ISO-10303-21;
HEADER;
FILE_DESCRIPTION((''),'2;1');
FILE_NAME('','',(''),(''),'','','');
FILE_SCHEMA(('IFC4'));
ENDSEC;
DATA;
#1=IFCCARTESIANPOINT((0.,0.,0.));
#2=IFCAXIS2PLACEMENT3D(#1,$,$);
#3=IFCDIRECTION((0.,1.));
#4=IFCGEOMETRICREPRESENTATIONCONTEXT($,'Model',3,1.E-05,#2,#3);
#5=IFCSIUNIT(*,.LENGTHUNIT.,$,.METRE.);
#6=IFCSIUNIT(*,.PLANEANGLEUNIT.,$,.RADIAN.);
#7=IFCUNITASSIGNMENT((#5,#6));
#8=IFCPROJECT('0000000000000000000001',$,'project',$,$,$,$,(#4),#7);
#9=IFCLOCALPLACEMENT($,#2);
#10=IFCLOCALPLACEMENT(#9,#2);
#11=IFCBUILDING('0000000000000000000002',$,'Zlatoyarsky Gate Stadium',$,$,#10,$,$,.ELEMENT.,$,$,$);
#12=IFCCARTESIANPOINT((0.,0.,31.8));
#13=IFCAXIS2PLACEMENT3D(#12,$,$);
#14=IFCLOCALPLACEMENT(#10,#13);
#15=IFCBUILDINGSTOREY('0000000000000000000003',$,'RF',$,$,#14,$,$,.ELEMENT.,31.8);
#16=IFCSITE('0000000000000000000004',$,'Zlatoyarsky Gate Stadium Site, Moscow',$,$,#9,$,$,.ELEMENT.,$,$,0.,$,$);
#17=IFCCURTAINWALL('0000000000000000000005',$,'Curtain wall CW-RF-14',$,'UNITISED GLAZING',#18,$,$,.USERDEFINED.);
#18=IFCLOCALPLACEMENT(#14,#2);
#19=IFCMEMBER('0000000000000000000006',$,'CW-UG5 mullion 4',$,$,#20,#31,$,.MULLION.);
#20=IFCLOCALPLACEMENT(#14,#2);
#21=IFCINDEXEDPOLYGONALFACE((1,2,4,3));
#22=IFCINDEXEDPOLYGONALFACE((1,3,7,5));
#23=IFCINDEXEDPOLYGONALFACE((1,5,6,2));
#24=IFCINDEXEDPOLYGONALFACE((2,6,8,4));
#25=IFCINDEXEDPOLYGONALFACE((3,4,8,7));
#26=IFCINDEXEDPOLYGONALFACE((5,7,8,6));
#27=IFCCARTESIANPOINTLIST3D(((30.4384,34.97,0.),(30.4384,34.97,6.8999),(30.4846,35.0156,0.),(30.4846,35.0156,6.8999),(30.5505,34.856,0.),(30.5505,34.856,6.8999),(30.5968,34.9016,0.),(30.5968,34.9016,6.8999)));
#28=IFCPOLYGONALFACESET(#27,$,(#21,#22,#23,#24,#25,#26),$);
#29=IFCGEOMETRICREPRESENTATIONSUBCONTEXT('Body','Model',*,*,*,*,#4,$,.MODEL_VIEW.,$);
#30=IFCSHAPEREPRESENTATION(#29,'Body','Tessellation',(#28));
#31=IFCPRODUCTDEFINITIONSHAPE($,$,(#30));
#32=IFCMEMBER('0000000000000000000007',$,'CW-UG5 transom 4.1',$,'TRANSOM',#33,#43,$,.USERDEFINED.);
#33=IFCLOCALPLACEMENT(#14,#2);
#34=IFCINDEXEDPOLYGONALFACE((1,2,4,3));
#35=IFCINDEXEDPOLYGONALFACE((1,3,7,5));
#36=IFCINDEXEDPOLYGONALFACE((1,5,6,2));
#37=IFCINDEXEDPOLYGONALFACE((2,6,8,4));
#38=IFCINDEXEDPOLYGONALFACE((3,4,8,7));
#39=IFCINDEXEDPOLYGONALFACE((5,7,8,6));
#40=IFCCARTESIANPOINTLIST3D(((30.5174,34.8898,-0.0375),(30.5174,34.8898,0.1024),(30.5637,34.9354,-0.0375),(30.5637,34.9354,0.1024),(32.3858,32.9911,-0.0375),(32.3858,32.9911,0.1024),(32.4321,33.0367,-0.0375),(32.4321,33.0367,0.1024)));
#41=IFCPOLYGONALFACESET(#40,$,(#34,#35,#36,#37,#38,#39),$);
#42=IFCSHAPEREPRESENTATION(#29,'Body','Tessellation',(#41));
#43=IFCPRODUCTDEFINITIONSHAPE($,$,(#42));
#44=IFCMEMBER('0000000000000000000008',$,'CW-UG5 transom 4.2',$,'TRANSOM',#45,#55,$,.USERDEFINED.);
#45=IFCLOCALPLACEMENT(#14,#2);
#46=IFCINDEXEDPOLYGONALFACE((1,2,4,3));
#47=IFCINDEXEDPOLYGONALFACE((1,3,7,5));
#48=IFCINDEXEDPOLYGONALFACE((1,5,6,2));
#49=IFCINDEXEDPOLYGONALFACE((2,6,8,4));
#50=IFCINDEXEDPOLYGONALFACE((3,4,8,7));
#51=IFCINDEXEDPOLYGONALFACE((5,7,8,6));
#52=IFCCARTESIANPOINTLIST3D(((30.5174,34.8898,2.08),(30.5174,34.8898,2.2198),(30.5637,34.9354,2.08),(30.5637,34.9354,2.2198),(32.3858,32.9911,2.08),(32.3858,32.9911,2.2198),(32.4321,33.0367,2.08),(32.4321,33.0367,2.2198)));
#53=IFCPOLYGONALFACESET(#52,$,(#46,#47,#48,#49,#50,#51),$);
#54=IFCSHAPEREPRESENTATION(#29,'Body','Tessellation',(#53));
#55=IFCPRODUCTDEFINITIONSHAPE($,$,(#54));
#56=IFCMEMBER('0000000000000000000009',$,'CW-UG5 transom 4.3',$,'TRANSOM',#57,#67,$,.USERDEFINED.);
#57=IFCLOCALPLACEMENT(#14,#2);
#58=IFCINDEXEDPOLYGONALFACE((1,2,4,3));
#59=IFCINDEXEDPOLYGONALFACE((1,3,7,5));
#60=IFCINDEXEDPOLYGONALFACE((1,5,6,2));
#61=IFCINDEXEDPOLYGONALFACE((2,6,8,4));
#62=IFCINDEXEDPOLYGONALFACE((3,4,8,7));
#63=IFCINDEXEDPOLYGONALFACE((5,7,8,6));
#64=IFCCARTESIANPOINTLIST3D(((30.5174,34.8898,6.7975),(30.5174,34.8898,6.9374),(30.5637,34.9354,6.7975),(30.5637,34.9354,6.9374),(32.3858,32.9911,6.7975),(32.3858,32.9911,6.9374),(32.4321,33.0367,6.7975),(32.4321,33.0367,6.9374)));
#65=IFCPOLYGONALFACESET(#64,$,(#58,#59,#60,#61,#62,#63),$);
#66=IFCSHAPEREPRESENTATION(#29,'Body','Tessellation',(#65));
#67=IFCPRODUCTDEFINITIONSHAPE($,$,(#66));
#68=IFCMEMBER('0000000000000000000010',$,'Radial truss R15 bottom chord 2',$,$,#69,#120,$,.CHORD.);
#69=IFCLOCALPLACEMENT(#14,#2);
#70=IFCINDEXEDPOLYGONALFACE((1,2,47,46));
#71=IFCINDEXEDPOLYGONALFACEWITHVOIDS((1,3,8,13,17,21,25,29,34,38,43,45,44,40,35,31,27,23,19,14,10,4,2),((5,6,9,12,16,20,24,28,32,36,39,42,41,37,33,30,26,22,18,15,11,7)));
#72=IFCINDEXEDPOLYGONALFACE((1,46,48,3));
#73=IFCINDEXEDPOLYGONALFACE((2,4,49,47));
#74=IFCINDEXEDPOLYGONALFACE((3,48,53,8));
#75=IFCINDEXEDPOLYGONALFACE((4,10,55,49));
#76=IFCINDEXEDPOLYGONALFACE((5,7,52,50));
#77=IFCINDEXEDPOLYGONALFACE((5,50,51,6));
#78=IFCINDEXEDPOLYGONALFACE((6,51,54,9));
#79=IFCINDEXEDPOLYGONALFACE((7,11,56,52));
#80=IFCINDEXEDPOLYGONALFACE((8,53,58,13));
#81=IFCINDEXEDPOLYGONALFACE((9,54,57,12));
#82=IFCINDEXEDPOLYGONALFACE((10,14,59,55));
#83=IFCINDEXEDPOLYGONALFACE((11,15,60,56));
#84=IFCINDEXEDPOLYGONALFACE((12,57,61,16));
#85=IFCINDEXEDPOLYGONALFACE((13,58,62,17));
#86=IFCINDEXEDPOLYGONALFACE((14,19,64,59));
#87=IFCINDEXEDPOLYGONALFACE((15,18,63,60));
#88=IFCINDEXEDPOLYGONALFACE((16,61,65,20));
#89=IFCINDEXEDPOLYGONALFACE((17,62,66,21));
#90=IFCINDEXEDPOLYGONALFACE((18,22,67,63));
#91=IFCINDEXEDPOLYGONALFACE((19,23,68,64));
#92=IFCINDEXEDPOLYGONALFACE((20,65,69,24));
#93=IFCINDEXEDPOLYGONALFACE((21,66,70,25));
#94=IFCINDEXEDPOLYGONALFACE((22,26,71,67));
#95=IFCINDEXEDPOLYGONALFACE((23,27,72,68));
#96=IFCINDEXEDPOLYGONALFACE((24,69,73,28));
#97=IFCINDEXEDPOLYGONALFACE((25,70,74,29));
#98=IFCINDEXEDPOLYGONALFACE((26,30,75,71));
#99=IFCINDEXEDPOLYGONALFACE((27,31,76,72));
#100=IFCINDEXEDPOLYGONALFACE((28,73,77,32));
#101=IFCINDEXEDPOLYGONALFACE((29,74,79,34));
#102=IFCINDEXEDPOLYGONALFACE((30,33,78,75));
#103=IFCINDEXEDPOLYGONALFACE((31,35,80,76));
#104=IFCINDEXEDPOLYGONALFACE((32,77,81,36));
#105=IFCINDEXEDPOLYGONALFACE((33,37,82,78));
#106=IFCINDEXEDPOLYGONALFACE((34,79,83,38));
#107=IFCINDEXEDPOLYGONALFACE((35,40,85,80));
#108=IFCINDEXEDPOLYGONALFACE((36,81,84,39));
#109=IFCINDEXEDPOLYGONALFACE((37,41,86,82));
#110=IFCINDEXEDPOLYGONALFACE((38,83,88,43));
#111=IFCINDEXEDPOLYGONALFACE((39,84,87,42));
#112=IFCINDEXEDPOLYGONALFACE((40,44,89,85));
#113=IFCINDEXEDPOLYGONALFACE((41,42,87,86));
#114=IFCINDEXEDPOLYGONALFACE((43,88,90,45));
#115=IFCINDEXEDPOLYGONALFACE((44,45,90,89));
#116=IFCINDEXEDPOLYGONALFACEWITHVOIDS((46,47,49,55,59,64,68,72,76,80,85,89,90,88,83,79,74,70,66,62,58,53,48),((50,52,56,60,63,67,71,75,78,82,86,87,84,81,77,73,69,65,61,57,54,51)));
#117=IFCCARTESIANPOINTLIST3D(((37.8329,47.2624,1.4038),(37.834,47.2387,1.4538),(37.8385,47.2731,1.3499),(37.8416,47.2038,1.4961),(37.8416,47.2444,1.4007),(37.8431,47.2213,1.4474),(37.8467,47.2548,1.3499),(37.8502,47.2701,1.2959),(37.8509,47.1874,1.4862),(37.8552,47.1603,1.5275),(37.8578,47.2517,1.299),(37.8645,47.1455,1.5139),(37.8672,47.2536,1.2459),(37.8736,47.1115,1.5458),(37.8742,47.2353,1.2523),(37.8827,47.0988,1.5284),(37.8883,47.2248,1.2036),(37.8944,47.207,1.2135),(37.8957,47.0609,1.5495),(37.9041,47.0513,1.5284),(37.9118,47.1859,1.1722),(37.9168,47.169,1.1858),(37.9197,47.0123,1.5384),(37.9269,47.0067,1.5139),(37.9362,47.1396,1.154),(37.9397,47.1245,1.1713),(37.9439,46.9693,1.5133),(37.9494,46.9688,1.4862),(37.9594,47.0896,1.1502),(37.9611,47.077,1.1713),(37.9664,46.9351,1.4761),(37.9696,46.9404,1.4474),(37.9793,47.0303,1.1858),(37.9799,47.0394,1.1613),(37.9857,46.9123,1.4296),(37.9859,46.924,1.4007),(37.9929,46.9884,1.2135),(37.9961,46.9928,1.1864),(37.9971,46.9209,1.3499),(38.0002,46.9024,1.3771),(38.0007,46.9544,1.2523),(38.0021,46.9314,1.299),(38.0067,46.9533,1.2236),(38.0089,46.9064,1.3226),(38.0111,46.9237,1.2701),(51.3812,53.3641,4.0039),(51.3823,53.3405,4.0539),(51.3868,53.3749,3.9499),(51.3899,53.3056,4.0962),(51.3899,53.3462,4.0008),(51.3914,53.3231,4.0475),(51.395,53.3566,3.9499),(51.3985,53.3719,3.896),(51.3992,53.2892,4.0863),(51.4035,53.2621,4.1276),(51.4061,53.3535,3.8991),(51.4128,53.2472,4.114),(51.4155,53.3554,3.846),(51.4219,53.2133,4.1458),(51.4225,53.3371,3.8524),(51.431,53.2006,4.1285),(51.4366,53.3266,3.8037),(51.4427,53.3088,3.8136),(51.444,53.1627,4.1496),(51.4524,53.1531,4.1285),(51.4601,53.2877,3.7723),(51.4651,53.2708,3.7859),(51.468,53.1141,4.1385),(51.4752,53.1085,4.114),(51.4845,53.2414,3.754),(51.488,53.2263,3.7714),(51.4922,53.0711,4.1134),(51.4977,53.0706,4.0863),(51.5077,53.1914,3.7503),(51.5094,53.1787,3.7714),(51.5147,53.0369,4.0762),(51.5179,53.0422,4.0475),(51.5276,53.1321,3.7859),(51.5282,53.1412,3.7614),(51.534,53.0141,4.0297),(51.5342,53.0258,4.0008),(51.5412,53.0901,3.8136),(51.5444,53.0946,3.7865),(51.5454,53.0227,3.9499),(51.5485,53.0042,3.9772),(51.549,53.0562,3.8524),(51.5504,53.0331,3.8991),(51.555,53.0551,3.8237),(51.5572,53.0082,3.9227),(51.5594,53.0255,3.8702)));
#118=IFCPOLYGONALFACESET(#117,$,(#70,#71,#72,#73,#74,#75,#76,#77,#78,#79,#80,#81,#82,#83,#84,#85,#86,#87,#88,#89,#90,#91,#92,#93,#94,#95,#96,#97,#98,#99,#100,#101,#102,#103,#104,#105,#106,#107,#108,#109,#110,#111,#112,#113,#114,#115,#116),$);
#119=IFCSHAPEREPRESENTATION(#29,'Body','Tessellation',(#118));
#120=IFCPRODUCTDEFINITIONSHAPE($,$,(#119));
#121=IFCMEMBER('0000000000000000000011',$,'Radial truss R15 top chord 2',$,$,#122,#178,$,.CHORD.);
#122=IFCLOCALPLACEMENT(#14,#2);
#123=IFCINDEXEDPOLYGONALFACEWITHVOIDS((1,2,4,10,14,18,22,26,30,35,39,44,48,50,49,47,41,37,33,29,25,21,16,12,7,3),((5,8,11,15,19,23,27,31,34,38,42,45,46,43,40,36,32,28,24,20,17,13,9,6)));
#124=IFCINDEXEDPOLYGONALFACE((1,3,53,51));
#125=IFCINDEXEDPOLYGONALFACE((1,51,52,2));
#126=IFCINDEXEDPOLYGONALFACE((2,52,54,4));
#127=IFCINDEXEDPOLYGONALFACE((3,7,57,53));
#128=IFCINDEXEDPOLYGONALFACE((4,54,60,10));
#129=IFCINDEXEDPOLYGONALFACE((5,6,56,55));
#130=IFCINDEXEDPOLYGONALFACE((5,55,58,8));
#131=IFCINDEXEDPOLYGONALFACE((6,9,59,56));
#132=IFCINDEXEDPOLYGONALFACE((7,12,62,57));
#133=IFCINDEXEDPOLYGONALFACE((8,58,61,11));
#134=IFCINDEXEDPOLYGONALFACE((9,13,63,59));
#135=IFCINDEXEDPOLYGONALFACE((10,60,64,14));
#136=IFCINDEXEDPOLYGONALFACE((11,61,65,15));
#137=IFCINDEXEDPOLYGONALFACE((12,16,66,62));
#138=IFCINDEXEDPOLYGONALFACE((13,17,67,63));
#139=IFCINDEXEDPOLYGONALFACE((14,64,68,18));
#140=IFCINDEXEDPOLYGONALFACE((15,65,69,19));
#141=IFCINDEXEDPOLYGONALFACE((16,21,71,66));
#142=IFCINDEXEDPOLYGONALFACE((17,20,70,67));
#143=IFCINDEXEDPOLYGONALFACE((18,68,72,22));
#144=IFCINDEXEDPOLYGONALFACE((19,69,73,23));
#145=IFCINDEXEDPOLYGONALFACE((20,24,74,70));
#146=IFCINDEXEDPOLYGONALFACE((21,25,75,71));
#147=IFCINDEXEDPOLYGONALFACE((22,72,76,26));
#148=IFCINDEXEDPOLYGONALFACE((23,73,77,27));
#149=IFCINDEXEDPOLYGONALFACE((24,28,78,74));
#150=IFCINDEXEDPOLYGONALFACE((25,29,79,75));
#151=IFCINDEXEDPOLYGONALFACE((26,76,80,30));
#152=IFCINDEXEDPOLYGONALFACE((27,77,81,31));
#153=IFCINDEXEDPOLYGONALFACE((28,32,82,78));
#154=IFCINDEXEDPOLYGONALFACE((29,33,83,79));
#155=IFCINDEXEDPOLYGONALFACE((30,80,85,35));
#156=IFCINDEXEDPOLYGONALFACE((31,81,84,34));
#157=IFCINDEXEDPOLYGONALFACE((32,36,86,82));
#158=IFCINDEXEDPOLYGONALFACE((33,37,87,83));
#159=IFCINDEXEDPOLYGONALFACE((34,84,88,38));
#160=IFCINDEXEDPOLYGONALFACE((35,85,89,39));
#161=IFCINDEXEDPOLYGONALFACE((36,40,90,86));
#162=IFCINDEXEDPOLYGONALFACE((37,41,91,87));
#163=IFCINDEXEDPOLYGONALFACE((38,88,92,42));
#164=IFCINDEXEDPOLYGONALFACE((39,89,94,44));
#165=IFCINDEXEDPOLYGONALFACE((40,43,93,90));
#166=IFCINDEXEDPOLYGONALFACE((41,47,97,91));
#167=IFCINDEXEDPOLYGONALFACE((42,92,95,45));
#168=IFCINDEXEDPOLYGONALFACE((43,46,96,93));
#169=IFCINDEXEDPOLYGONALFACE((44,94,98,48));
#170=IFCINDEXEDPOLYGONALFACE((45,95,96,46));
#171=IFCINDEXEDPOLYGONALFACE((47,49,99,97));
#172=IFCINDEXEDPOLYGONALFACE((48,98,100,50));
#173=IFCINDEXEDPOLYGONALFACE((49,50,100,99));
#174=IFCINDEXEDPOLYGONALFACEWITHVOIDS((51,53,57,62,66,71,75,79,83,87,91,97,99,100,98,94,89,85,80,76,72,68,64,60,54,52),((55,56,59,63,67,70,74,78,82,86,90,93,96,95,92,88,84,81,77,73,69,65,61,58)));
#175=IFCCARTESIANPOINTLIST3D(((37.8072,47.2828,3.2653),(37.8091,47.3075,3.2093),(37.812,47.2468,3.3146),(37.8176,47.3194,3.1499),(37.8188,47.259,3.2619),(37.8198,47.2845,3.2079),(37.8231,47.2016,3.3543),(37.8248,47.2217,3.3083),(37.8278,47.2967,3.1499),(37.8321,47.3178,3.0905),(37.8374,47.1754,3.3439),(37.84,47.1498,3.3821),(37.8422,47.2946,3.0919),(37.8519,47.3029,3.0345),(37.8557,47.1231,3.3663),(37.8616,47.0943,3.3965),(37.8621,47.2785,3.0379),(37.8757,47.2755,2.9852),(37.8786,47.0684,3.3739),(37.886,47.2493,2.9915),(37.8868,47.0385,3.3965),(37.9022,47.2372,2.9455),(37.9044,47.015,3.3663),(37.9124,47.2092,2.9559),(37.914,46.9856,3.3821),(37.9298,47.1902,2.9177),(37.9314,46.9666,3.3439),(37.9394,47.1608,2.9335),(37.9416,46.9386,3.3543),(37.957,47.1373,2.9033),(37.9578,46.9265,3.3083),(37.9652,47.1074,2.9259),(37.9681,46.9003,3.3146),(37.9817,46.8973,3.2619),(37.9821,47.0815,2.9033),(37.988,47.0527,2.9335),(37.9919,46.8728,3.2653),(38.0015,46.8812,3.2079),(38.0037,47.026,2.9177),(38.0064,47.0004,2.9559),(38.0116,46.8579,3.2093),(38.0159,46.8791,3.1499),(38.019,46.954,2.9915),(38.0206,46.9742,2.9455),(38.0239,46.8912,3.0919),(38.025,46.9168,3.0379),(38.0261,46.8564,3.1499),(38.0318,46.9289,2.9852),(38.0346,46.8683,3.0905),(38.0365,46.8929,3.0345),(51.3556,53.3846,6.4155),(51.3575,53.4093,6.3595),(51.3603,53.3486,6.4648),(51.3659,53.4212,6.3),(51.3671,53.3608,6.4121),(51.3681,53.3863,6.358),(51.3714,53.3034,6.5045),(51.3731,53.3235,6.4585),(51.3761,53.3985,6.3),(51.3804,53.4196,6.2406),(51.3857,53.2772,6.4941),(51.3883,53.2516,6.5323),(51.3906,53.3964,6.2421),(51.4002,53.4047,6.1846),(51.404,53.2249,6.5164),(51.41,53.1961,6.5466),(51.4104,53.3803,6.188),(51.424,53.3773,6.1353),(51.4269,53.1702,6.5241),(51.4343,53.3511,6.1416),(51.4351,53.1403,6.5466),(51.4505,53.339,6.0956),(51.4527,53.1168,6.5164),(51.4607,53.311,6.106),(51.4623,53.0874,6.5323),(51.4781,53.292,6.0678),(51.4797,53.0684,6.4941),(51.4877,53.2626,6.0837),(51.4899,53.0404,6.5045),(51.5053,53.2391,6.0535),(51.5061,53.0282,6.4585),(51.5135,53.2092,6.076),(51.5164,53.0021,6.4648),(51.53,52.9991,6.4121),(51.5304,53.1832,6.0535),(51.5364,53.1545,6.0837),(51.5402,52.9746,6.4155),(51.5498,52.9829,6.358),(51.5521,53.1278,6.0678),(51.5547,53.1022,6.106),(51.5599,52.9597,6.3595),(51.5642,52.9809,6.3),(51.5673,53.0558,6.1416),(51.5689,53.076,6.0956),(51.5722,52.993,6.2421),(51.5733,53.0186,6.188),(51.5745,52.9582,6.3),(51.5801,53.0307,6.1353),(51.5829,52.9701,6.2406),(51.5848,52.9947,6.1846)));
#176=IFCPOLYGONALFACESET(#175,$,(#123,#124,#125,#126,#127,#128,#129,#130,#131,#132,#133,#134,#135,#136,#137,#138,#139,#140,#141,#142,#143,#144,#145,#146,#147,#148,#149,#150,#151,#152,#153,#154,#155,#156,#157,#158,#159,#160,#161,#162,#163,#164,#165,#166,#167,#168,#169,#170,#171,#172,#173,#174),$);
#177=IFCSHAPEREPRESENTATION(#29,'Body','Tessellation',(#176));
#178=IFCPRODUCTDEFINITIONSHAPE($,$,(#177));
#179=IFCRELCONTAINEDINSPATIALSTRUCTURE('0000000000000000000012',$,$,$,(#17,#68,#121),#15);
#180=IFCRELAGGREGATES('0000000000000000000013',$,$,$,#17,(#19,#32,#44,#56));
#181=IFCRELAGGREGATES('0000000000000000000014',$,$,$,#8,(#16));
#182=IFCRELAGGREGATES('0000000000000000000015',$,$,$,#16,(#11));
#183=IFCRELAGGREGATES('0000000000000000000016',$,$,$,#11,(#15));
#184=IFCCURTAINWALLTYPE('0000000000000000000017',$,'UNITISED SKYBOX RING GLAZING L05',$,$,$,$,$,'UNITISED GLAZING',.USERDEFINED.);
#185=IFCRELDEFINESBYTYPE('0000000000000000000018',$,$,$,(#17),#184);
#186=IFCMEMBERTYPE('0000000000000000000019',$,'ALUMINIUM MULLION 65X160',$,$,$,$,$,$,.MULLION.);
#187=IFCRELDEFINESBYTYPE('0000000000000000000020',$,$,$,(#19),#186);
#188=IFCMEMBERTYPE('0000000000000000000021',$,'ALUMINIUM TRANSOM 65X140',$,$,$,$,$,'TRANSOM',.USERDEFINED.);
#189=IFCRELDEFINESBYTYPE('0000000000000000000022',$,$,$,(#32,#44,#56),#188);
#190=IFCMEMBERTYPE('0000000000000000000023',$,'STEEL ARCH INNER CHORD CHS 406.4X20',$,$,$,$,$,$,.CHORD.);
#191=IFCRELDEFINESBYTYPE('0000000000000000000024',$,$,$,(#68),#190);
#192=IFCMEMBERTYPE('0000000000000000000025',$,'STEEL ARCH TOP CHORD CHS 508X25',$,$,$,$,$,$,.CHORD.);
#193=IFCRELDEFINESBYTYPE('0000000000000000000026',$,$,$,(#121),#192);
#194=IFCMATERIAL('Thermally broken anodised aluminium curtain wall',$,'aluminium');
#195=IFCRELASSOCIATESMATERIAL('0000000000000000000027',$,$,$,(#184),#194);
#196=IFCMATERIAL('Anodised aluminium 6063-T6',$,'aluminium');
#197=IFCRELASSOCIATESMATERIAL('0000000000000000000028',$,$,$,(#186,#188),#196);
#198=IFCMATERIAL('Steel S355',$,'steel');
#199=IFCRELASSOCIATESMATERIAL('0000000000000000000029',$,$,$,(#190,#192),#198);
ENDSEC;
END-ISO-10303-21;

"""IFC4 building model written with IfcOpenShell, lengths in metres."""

from ifc_helpers import new_model, si_unit, direction, frame, origin, origin_2d, place, context, subcontext, project, spatial, rectangle, hollow_circle, extrude, material, material_profile, profile_set, type_object, element, aggregate, save


model = new_model("IFC4")

# Units and contexts
model_context = context("Model", 3, precision=1e-05, world=origin(), true_north=direction((0.0, 1.0)))
body_context = subcontext(model_context, "Body", "Model", "MODEL_VIEW")
ifc_project = project(units=[si_unit("LENGTHUNIT", "METRE"), si_unit("PLANEANGLEUNIT", "RADIAN")], contexts=[model_context])

# Site, building, storey
site_placement = place(None, origin())
site = spatial("IfcSite", under=ifc_project, at=site_placement, Name="Zlatoyarsky Gate Stadium Site, Moscow", CompositionType="ELEMENT", RefElevation=0.0)
building_placement = place(site_placement, origin())
building = spatial("IfcBuilding", under=site, at=building_placement, Name="Zlatoyarsky Gate Stadium", CompositionType="ELEMENT")
storey_placement = place(building_placement, frame((0.0, 0.0, 31.8)))
storey = spatial("IfcBuildingStorey", under=building, at=storey_placement, Name="RF", CompositionType="ELEMENT", Elevation=31.8)

# Curtain wall, members
ifc_material_1 = material(Name="Thermally broken anodised aluminium curtain wall", Category="aluminium")
curtain_wall_type = type_object("IfcCurtainWallType", Name="UNITISED SKYBOX RING GLAZING L05", ElementType="UNITISED GLAZING", PredefinedType="USERDEFINED", material=ifc_material_1)
curtain_wall_placement = place(storey_placement, origin())
curtain_wall = element("IfcCurtainWall", 1, at=curtain_wall_placement, inside=storey, type_object=curtain_wall_type, Name="Curtain wall CW-RF-14", ObjectType="UNITISED GLAZING", PredefinedType="USERDEFINED")
ifc_material_2 = material(Name="Anodised aluminium 6063-T6", Category="aluminium")
ifc_material_profile_1 = material_profile(ifc_material_2, rectangle(XDim=0.0649, YDim=0.1599, at=origin_2d()), Name="ALU 65X160")
ifc_profile_set_1 = profile_set([ifc_material_profile_1], Name="Anodised aluminium 6063-T6")
member_type_1 = type_object("IfcMemberType", Name="ALUMINIUM MULLION 65X160", PredefinedType="MULLION", material=ifc_profile_set_1)
member_1_placement = place(storey_placement, frame((30.5176, 34.9358, 0.0), z_axis=(0.0, 0.0, 1.0), x_axis=(0.712766, 0.701402, 0.0)))
member_1 = element("IfcMember", 2, at=member_1_placement, type_object=member_type_1, Name="CW-UG5 mullion 4", PredefinedType="MULLION", context=body_context, shape_type="SweptSolid", body=[
    extrude(rectangle(XDim=0.0649, YDim=0.1599, at=origin_2d()), origin(), (0.0, 0.0, 1.0), 6.8999),
])
ifc_material_profile_2 = material_profile(ifc_material_2, rectangle(XDim=0.0649, YDim=0.1399, at=origin_2d()), Name="ALU 65X140")
ifc_profile_set_2 = profile_set([ifc_material_profile_2], Name="Anodised aluminium 6063-T6")
member_type_2 = type_object("IfcMemberType", Name="ALUMINIUM TRANSOM 65X140", ElementType="TRANSOM", PredefinedType="USERDEFINED", material=ifc_profile_set_2)
member_2_placement = place(storey_placement, frame((30.5405, 34.9126, 0.0325), z_axis=(0.701402, -0.712766, 0.0), x_axis=(0.712766, 0.701402, 0.0)))
member_2 = element("IfcMember", 3, at=member_2_placement, type_object=member_type_2, Name="CW-UG5 transom 4.1", ObjectType="TRANSOM", PredefinedType="USERDEFINED", context=body_context, shape_type="SweptSolid", body=[
    extrude(rectangle(XDim=0.0649, YDim=0.1399, at=origin_2d()), origin(), (0.0, 0.0, 1.0), 2.6638),
])
member_3_placement = place(storey_placement, frame((30.5405, 34.9126, 2.1499), z_axis=(0.701402, -0.712766, 0.0), x_axis=(0.712766, 0.701402, 0.0)))
member_3 = element("IfcMember", 4, at=member_3_placement, type_object=member_type_2, Name="CW-UG5 transom 4.2", ObjectType="TRANSOM", PredefinedType="USERDEFINED", context=body_context, shape_type="SweptSolid", body=[
    extrude(rectangle(XDim=0.0649, YDim=0.1399, at=origin_2d()), origin(), (0.0, 0.0, 1.0), 2.6638),
])
member_4_placement = place(storey_placement, frame((30.5405, 34.9126, 6.8674), z_axis=(0.701402, -0.712766, 0.0), x_axis=(0.712766, 0.701402, 0.0)))
member_4 = element("IfcMember", 5, at=member_4_placement, type_object=member_type_2, Name="CW-UG5 transom 4.3", ObjectType="TRANSOM", PredefinedType="USERDEFINED", context=body_context, shape_type="SweptSolid", body=[
    extrude(rectangle(XDim=0.0649, YDim=0.1399, at=origin_2d()), origin(), (0.0, 0.0, 1.0), 2.6638),
])

# Members
ifc_material_3 = material(Name="Steel S355", Category="steel")
ifc_material_profile_3 = material_profile(ifc_material_3, hollow_circle(Radius=0.2031, WallThickness=0.02, at=origin_2d()), Name="CHS 406.4X20")
ifc_profile_set_3 = profile_set([ifc_material_profile_3], Name="Steel S355")
member_type_3 = type_object("IfcMemberType", Name="STEEL ARCH INNER CHORD CHS 406.4X20", PredefinedType="CHORD", material=ifc_profile_set_3)
member_5_placement = place(storey_placement, frame((37.9219, 47.0879, 1.3499), z_axis=(0.898147, 0.404501, 0.172366), x_axis=(-0.410647, 0.911794, 0.0)))
element("IfcMember", 6, at=member_5_placement, inside=storey, type_object=member_type_3, Name="Radial truss R15 bottom chord 2", PredefinedType="CHORD", context=body_context, shape_type="SweptSolid", body=[
    extrude(hollow_circle(Radius=0.2031, WallThickness=0.02, at=origin_2d()), origin(), (0.0, 0.0, 1.0), 15.0847),
])
ifc_material_profile_4 = material_profile(ifc_material_3, hollow_circle(Radius=0.2539, WallThickness=0.0249, at=origin_2d()), Name="CHS 508X25")
ifc_profile_set_4 = profile_set([ifc_material_profile_4], Name="Steel S355")
member_type_4 = type_object("IfcMemberType", Name="STEEL ARCH TOP CHORD CHS 508X25", PredefinedType="CHORD", material=ifc_profile_set_4)
member_6_placement = place(storey_placement, frame((37.9219, 47.0879, 3.1499), z_axis=(0.89197, 0.401719, 0.207393), x_axis=(-0.410647, 0.911794, 0.0)))
element("IfcMember", 7, at=member_6_placement, inside=storey, type_object=member_type_4, Name="Radial truss R15 top chord 2", PredefinedType="CHORD", context=body_context, shape_type="SweptSolid", body=[
    extrude(hollow_circle(Radius=0.2539, WallThickness=0.0249, at=origin_2d()), origin(), (0.0, 0.0, 1.0), 15.1892),
])

aggregate(curtain_wall, [member_1, member_2, member_3, member_4])

save(model, "model.ifc")
